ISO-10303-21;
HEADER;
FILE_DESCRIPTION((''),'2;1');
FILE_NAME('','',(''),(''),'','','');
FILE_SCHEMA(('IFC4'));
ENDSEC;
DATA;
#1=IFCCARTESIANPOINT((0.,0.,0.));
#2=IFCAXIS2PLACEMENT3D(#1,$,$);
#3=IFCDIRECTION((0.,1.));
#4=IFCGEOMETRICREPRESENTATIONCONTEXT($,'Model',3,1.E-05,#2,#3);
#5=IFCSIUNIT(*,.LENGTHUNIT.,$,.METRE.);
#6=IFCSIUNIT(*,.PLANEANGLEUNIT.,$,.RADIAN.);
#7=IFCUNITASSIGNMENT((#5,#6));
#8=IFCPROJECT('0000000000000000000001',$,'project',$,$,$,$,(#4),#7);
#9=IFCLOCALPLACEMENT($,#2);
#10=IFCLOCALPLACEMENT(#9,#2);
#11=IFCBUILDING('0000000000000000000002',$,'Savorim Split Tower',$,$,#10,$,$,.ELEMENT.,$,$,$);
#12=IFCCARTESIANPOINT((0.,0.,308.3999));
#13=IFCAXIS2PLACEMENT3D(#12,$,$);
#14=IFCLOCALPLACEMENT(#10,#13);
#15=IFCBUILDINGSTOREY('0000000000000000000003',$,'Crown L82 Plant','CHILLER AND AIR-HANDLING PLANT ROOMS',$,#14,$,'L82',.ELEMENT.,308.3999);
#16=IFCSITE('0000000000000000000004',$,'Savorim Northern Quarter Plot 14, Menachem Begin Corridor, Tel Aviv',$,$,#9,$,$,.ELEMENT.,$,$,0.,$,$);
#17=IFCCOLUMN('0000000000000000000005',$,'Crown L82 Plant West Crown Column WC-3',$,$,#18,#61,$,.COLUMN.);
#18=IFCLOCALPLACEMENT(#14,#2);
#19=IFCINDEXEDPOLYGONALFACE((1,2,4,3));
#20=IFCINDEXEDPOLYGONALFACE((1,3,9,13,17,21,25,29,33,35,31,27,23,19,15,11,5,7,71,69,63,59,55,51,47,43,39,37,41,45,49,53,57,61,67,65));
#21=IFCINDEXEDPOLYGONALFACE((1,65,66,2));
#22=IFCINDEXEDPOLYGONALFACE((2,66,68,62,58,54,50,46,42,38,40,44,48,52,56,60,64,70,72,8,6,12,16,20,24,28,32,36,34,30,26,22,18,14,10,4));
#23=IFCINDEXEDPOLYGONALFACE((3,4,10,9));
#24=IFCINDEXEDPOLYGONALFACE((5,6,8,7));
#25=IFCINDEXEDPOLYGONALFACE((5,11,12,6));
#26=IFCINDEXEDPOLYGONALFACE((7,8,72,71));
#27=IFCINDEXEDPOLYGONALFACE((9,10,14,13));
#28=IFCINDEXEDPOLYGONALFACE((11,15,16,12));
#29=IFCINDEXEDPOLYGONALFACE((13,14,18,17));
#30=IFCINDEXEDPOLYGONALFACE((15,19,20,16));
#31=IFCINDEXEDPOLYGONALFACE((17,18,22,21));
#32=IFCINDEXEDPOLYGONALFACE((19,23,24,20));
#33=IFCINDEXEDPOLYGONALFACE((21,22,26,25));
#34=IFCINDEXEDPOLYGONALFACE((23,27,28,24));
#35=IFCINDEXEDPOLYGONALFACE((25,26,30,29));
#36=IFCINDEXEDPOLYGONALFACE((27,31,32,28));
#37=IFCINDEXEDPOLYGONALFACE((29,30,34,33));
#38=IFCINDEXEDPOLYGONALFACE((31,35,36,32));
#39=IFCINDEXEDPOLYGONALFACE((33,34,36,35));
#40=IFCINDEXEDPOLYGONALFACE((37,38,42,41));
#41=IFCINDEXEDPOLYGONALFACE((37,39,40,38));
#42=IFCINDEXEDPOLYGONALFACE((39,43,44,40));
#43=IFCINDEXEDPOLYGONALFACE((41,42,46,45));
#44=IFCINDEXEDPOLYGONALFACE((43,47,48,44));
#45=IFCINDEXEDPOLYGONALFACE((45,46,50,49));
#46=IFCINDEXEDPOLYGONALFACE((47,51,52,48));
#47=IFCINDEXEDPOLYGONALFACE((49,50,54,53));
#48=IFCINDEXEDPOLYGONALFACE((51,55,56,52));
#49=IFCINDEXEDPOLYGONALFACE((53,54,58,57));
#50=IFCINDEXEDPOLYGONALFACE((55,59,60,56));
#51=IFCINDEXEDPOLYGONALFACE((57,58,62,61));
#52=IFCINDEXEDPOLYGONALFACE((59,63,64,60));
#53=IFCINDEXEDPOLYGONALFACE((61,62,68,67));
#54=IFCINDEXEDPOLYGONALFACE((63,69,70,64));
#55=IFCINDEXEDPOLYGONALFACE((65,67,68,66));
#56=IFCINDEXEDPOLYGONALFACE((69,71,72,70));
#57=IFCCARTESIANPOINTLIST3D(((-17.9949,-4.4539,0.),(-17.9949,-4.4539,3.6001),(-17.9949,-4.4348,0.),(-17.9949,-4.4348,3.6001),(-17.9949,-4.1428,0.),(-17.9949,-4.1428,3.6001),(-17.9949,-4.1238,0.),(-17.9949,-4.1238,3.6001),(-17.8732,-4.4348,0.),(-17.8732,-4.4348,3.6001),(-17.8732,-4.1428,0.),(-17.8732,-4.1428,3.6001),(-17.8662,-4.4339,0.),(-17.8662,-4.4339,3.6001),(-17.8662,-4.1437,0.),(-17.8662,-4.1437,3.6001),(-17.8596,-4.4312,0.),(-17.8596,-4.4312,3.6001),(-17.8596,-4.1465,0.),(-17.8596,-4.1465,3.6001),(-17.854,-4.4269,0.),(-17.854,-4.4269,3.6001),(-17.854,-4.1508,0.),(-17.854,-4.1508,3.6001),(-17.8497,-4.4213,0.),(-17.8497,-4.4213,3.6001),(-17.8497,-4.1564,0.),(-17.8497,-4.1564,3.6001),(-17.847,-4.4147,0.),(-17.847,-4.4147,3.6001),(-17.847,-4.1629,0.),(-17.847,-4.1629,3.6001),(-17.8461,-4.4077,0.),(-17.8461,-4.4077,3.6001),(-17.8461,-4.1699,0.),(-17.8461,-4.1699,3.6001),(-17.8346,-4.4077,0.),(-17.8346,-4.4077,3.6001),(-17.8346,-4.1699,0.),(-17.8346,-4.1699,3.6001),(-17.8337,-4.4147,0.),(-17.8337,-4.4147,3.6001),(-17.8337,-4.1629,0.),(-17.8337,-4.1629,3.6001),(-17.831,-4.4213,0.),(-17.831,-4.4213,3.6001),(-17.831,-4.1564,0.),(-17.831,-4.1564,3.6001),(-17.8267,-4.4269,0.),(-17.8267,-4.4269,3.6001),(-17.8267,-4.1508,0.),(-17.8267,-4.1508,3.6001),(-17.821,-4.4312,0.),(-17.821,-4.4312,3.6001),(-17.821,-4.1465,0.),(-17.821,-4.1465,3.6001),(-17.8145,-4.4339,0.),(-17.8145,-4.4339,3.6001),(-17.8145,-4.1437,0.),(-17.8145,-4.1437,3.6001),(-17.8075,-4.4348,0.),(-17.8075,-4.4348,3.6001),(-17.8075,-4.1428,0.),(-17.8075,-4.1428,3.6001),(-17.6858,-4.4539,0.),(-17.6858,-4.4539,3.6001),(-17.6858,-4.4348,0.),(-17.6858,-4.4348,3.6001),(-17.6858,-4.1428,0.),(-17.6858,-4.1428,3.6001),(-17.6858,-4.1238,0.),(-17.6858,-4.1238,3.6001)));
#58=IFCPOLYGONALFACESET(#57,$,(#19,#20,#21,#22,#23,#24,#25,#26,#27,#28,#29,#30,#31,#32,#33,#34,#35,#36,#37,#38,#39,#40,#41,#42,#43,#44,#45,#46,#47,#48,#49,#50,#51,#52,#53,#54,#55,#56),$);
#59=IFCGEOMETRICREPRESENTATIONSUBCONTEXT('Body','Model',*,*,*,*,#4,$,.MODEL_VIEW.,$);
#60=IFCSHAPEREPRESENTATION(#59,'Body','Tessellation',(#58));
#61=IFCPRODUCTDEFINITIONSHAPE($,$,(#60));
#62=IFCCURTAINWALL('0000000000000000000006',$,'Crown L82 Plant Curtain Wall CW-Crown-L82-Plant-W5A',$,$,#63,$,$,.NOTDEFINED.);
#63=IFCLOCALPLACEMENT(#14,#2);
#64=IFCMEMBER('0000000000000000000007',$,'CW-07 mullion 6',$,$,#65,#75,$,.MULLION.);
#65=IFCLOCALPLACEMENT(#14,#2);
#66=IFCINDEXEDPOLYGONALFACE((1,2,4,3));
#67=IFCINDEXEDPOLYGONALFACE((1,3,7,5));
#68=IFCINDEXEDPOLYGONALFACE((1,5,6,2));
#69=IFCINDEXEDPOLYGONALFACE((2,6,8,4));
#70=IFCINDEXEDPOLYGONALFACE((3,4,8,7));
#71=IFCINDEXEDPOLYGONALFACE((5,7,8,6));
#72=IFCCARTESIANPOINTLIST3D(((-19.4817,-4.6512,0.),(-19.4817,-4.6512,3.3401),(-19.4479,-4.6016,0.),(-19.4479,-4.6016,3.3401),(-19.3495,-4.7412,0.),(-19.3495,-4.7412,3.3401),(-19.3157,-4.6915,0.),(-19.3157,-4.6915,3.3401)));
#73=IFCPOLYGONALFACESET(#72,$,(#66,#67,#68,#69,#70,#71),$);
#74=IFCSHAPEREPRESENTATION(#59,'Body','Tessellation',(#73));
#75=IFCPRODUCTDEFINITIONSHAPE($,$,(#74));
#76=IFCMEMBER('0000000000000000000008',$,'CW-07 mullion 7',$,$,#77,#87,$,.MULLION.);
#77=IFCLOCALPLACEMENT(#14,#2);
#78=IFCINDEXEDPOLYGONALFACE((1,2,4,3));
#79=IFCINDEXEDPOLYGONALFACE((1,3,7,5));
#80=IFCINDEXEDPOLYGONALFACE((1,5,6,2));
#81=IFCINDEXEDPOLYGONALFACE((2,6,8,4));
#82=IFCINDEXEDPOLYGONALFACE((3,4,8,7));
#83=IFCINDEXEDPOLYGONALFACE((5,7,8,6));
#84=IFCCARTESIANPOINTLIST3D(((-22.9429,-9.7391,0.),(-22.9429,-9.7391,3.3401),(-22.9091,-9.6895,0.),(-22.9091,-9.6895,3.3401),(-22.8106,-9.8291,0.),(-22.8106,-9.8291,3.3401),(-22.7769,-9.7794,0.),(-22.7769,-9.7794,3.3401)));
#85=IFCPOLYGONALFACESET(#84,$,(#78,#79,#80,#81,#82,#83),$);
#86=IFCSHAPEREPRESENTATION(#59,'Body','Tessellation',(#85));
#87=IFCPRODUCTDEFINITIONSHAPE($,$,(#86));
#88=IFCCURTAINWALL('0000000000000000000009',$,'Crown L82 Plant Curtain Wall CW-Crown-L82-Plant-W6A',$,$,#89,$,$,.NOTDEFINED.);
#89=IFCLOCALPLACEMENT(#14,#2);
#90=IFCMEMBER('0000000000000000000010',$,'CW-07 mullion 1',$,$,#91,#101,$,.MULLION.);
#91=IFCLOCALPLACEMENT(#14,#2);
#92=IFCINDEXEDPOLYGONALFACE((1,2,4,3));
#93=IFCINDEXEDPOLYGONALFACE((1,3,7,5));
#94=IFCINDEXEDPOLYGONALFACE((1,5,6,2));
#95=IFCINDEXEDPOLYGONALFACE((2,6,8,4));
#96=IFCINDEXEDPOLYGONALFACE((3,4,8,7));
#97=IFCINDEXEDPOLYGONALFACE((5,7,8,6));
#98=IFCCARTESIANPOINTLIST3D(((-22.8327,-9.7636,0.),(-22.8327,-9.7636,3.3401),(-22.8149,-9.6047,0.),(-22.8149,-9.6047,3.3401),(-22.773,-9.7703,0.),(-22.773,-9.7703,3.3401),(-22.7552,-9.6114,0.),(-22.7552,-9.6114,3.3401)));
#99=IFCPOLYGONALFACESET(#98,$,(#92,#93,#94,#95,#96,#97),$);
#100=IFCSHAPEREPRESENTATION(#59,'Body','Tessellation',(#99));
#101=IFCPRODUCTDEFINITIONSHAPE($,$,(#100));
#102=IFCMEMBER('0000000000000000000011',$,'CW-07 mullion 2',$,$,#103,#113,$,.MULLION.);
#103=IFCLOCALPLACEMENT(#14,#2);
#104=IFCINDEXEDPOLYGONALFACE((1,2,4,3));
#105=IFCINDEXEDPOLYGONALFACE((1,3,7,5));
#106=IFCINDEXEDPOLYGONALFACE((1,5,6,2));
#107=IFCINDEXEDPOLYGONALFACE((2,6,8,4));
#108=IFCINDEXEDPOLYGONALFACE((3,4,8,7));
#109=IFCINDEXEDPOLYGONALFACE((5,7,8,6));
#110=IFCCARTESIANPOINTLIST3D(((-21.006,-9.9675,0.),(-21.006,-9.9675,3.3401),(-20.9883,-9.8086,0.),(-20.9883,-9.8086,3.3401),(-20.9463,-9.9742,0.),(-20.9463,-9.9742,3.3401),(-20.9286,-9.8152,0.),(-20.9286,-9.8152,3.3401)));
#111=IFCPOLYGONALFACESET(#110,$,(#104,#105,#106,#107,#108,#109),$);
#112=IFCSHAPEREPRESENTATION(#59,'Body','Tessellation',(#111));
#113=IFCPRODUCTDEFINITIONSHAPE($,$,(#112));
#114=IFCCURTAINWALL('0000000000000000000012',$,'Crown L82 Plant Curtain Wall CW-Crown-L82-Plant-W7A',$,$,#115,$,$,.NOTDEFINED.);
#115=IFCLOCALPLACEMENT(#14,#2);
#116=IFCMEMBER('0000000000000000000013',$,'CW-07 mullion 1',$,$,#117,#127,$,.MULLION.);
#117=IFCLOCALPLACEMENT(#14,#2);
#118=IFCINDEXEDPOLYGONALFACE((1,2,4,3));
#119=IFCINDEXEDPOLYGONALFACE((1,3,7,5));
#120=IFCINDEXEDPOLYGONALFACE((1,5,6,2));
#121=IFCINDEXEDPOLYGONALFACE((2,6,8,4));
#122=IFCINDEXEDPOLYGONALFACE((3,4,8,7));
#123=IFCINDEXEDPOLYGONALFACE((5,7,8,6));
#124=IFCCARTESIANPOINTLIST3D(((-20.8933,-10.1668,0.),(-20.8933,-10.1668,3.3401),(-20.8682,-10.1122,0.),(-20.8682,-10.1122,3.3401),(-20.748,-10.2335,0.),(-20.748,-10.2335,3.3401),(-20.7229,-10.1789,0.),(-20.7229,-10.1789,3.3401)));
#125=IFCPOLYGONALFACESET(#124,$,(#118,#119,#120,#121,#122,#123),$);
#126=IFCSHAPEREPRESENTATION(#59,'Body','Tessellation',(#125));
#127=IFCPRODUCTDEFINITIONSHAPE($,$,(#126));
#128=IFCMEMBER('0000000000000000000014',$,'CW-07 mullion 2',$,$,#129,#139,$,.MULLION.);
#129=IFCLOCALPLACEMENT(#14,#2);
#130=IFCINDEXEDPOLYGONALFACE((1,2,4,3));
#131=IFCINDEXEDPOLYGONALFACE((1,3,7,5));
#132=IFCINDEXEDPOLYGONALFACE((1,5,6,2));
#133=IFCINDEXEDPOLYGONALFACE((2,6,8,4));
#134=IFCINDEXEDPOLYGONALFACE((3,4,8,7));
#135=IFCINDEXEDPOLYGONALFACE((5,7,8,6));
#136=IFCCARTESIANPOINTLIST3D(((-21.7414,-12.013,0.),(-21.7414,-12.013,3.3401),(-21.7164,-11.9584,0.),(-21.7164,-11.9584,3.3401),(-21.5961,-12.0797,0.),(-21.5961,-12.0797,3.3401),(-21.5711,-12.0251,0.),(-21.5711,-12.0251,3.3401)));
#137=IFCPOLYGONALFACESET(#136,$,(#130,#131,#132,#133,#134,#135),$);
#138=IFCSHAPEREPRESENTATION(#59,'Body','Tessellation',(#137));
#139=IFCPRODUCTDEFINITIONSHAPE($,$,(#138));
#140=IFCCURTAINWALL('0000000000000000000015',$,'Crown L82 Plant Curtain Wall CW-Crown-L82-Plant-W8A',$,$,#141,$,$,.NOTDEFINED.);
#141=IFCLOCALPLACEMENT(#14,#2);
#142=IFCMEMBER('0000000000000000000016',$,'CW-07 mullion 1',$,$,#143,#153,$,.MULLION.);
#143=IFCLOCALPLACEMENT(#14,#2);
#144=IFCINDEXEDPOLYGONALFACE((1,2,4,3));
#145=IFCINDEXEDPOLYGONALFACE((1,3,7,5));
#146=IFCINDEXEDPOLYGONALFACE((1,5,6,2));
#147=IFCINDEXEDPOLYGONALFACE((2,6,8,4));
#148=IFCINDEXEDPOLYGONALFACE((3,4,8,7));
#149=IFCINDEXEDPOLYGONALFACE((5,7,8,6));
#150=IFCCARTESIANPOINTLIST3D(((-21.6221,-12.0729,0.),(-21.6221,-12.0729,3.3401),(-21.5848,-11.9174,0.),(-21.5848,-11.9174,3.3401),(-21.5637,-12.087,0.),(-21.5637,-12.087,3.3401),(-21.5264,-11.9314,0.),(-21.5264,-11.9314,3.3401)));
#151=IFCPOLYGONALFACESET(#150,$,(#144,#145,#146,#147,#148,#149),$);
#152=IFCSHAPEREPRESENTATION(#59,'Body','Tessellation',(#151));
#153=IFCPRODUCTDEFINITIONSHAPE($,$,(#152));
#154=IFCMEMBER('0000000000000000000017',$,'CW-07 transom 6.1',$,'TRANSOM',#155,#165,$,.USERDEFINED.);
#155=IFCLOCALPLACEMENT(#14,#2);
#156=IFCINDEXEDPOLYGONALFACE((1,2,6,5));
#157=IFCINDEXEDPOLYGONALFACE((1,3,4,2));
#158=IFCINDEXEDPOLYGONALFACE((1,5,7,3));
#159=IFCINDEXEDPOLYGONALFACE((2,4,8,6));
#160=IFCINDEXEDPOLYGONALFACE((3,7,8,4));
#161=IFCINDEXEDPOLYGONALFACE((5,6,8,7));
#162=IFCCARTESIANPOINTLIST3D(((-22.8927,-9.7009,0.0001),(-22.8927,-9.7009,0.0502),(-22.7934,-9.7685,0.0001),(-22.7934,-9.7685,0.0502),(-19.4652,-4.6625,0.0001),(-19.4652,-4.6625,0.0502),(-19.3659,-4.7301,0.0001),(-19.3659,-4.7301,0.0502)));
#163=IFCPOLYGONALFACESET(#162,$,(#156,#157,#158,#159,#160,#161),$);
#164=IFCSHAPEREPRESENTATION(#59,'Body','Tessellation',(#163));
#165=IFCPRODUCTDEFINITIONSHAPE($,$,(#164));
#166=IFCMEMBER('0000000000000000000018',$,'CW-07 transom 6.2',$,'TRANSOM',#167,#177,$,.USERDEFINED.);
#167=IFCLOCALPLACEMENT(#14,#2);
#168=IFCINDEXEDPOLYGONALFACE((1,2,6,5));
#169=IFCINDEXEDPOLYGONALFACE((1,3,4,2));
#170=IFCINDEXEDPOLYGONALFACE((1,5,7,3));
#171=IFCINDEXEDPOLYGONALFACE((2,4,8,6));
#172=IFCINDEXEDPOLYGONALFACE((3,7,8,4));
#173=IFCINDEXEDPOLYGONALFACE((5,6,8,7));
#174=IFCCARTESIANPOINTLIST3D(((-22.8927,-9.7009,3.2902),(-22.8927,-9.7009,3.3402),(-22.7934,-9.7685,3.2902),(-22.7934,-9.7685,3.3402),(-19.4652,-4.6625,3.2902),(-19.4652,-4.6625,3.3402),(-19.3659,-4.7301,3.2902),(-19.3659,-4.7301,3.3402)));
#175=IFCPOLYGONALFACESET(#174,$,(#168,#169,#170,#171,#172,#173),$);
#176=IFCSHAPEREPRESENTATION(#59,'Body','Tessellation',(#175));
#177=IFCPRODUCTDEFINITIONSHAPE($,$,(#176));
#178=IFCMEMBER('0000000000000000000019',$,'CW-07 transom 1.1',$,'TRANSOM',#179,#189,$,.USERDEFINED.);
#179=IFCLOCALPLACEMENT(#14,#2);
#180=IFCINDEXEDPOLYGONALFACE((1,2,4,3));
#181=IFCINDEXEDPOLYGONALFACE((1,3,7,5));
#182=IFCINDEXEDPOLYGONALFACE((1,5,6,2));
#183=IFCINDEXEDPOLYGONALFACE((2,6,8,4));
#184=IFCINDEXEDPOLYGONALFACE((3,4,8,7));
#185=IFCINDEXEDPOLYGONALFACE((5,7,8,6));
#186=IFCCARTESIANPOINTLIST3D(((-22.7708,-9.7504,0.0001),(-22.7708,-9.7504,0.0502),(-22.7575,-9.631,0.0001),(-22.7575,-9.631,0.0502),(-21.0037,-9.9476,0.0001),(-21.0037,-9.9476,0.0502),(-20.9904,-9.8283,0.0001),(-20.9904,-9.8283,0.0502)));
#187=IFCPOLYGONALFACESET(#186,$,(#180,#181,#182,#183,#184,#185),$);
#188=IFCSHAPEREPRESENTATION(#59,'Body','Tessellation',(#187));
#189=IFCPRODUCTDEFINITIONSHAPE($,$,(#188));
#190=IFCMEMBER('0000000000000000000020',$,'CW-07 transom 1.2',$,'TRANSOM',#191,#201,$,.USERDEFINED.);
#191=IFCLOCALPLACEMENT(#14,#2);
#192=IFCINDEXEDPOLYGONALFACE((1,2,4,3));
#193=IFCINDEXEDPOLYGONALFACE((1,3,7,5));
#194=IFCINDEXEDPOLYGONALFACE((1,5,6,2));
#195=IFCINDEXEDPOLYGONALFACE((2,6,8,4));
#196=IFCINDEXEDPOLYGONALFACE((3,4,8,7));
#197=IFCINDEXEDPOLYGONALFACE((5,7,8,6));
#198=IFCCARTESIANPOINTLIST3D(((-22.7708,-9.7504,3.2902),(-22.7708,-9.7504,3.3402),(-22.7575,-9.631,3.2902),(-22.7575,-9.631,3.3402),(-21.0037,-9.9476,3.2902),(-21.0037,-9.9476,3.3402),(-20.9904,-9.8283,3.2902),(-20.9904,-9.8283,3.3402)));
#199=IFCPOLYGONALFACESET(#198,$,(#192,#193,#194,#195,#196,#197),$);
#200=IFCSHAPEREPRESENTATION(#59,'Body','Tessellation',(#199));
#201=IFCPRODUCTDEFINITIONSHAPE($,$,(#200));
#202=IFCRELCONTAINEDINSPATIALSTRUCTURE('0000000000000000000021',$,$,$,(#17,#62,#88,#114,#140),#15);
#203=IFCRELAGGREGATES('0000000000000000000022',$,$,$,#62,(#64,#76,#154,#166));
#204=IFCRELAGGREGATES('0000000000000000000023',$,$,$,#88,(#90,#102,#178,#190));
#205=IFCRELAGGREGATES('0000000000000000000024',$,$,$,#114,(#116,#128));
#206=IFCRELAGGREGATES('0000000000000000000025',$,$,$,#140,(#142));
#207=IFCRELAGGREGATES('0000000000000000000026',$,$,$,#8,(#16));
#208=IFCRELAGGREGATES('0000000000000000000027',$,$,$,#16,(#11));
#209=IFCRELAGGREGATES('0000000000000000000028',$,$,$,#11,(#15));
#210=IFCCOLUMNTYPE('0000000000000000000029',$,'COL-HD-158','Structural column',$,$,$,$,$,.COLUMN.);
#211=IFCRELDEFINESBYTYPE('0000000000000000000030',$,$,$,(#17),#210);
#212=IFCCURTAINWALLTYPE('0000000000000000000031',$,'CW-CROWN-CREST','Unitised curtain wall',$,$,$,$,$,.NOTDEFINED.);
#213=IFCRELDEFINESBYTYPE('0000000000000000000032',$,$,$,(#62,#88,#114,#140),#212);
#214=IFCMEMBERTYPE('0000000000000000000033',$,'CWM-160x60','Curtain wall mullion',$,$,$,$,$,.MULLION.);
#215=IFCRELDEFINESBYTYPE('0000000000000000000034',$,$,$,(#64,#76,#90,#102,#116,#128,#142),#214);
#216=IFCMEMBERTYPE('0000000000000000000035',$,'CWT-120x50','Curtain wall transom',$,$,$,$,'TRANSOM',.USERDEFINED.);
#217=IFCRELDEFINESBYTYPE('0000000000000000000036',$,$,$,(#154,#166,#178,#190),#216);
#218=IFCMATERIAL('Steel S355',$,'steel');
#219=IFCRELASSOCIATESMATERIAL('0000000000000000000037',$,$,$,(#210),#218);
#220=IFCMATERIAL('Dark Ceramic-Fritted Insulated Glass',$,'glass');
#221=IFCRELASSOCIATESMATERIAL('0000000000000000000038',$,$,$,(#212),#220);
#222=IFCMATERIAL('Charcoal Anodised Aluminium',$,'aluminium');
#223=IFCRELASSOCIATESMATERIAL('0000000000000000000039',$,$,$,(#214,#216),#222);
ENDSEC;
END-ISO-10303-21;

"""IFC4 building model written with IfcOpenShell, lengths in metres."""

from ifc_helpers import new_model, si_unit, direction, frame, origin, origin_2d, place, context, subcontext, project, spatial, rectangle, i_section, extrude, material, material_profile, profile_set, type_object, element, aggregate, save


model = new_model("IFC4")

# Units and contexts
model_context = context("Model", 3, precision=1e-05, world=origin(), true_north=direction((0.0, 1.0)))
body_context = subcontext(model_context, "Body", "Model", "MODEL_VIEW")
ifc_project = project(units=[si_unit("LENGTHUNIT", "METRE"), si_unit("PLANEANGLEUNIT", "RADIAN")], contexts=[model_context])

# Site, building, storey
site_placement = place(None, origin())
site = spatial("IfcSite", under=ifc_project, at=site_placement, Name="Savorim Northern Quarter Plot 14, Menachem Begin Corridor, Tel Aviv", CompositionType="ELEMENT", RefElevation=0.0)
building_placement = place(site_placement, origin())
building = spatial("IfcBuilding", under=site, at=building_placement, Name="Savorim Split Tower", CompositionType="ELEMENT")
storey_placement = place(building_placement, frame((0.0, 0.0, 308.3999)))
storey = spatial("IfcBuildingStorey", under=building, at=storey_placement, Name="Crown L82 Plant", Description="CHILLER AND AIR-HANDLING PLANT ROOMS", LongName="L82", CompositionType="ELEMENT", Elevation=308.3999)

# Column
ifc_material_1 = material(Name="Steel S355", Category="steel")
ifc_material_profile_1 = material_profile(ifc_material_1, i_section(OverallWidth=0.3091, OverallDepth=0.3301, WebThickness=0.0115, FlangeThickness=0.019, FilletRadius=0.0271, at=origin_2d()), Name="HD 320x158")
ifc_profile_set_1 = profile_set([ifc_material_profile_1], Name="Steel S355")
column_type = type_object("IfcColumnType", Name="COL-HD-158", Description="Structural column", PredefinedType="COLUMN", material=ifc_profile_set_1)
column_placement = place(storey_placement, frame((-17.8403, -4.2888, 0.0), z_axis=(0.0, 0.0, 1.0), x_axis=(1.0, 0.0, 0.0)))
element("IfcColumn", 1, at=column_placement, inside=storey, type_object=column_type, Name="Crown L82 Plant West Crown Column WC-3", PredefinedType="COLUMN", context=body_context, shape_type="SweptSolid", body=[
    extrude(i_section(OverallWidth=0.3091, OverallDepth=0.3301, WebThickness=0.0115, FlangeThickness=0.019, FilletRadius=0.0271, at=origin_2d()), origin(), (0.0, 0.0, 1.0), 3.6001),
])

# Curtain walls, members
ifc_material_2 = material(Name="Dark Ceramic-Fritted Insulated Glass", Category="glass")
curtain_wall_type = type_object("IfcCurtainWallType", Name="CW-CROWN-CREST", Description="Unitised curtain wall", PredefinedType="NOTDEFINED", material=ifc_material_2)
curtain_wall_1_placement = place(storey_placement, origin())
curtain_wall_1 = element("IfcCurtainWall", 2, at=curtain_wall_1_placement, inside=storey, type_object=curtain_wall_type, Name="Crown L82 Plant Curtain Wall CW-Crown-L82-Plant-W5A", PredefinedType="NOTDEFINED")
ifc_material_3 = material(Name="Charcoal Anodised Aluminium", Category="aluminium")
ifc_material_profile_2 = material_profile(ifc_material_3, rectangle(XDim=0.1599, YDim=0.0601, at=origin_2d()), Name="ALU-M 160x60")
ifc_profile_set_2 = profile_set([ifc_material_profile_2], Name="Charcoal Anodised Aluminium")
member_type_1 = type_object("IfcMemberType", Name="CWM-160x60", Description="Curtain wall mullion", PredefinedType="MULLION", material=ifc_profile_set_2)
member_1_placement = place(storey_placement, frame((-19.3987, -4.6714, 0.0), z_axis=(0.0, 0.0, 1.0), x_axis=(0.82682, -0.562466, 0.0)))
member_1 = element("IfcMember", 3, at=member_1_placement, type_object=member_type_1, Name="CW-07 mullion 6", PredefinedType="MULLION", context=body_context, shape_type="SweptSolid", body=[
    extrude(rectangle(XDim=0.1599, YDim=0.0601, at=origin_2d()), origin(), (0.0, 0.0, 1.0), 3.3401),
])
member_2_placement = place(storey_placement, frame((-22.8599, -9.7593, 0.0), z_axis=(0.0, 0.0, 1.0), x_axis=(0.82682, -0.562466, 0.0)))
member_2 = element("IfcMember", 4, at=member_2_placement, type_object=member_type_1, Name="CW-07 mullion 7", PredefinedType="MULLION", context=body_context, shape_type="SweptSolid", body=[
    extrude(rectangle(XDim=0.1599, YDim=0.0601, at=origin_2d()), origin(), (0.0, 0.0, 1.0), 3.3401),
])
curtain_wall_2_placement = place(storey_placement, origin())
curtain_wall_2 = element("IfcCurtainWall", 5, at=curtain_wall_2_placement, inside=storey, type_object=curtain_wall_type, Name="Crown L82 Plant Curtain Wall CW-Crown-L82-Plant-W6A", PredefinedType="NOTDEFINED")
member_3_placement = place(storey_placement, frame((-22.7939, -9.6875, 0.0), z_axis=(0.0, 0.0, 1.0), x_axis=(0.110958, 0.993825, 0.0)))
member_3 = element("IfcMember", 6, at=member_3_placement, type_object=member_type_1, Name="CW-07 mullion 1", PredefinedType="MULLION", context=body_context, shape_type="SweptSolid", body=[
    extrude(rectangle(XDim=0.1599, YDim=0.0601, at=origin_2d()), origin(), (0.0, 0.0, 1.0), 3.3401),
])
member_4_placement = place(storey_placement, frame((-20.9673, -9.8914, 0.0), z_axis=(0.0, 0.0, 1.0), x_axis=(0.110958, 0.993825, 0.0)))
member_4 = element("IfcMember", 7, at=member_4_placement, type_object=member_type_1, Name="CW-07 mullion 2", PredefinedType="MULLION", context=body_context, shape_type="SweptSolid", body=[
    extrude(rectangle(XDim=0.1599, YDim=0.0601, at=origin_2d()), origin(), (0.0, 0.0, 1.0), 3.3401),
])
curtain_wall_3_placement = place(storey_placement, origin())
curtain_wall_3 = element("IfcCurtainWall", 8, at=curtain_wall_3_placement, inside=storey, type_object=curtain_wall_type, Name="Crown L82 Plant Curtain Wall CW-Crown-L82-Plant-W7A", PredefinedType="NOTDEFINED")
member_5_placement = place(storey_placement, frame((-20.8081, -10.1729, 0.0), z_axis=(0.0, 0.0, 1.0), x_axis=(0.908686, -0.417481, 0.0)))
member_5 = element("IfcMember", 9, at=member_5_placement, type_object=member_type_1, Name="CW-07 mullion 1", PredefinedType="MULLION", context=body_context, shape_type="SweptSolid", body=[
    extrude(rectangle(XDim=0.1599, YDim=0.0601, at=origin_2d()), origin(), (0.0, 0.0, 1.0), 3.3401),
])
member_6_placement = place(storey_placement, frame((-21.6562, -12.019, 0.0), z_axis=(0.0, 0.0, 1.0), x_axis=(0.908686, -0.417481, 0.0)))
member_6 = element("IfcMember", 10, at=member_6_placement, type_object=member_type_1, Name="CW-07 mullion 2", PredefinedType="MULLION", context=body_context, shape_type="SweptSolid", body=[
    extrude(rectangle(XDim=0.1599, YDim=0.0601, at=origin_2d()), origin(), (0.0, 0.0, 1.0), 3.3401),
])

# Curtain wall, member
curtain_wall_4_placement = place(storey_placement, origin())
curtain_wall_4 = element("IfcCurtainWall", 11, at=curtain_wall_4_placement, inside=storey, type_object=curtain_wall_type, Name="Crown L82 Plant Curtain Wall CW-Crown-L82-Plant-W8A", PredefinedType="NOTDEFINED")
member_7_placement = place(storey_placement, frame((-21.5742, -12.0022, 0.0), z_axis=(0.0, 0.0, 1.0), x_axis=(0.233166, 0.972437, 0.0)))
member_7 = element("IfcMember", 12, at=member_7_placement, type_object=member_type_1, Name="CW-07 mullion 1", PredefinedType="MULLION", context=body_context, shape_type="SweptSolid", body=[
    extrude(rectangle(XDim=0.1599, YDim=0.0601, at=origin_2d()), origin(), (0.0, 0.0, 1.0), 3.3401),
])

# Members
ifc_material_profile_3 = material_profile(ifc_material_3, rectangle(XDim=0.1201, YDim=0.05, at=origin_2d()), Name="ALU-T 120x50")
ifc_profile_set_3 = profile_set([ifc_material_profile_3], Name="Charcoal Anodised Aluminium")
member_type_2 = type_object("IfcMemberType", Name="CWT-120x50", Description="Curtain wall transom", ElementType="TRANSOM", PredefinedType="USERDEFINED", material=ifc_profile_set_3)
member_8_placement = place(storey_placement, frame((-19.4155, -4.6963, 0.0251), z_axis=(-0.56247, -0.826818, 0.0), x_axis=(0.826818, -0.56247, 0.0)))
member_8 = element("IfcMember", 13, at=member_8_placement, type_object=member_type_2, Name="CW-07 transom 6.1", ObjectType="TRANSOM", PredefinedType="USERDEFINED", context=body_context, shape_type="SweptSolid", body=[
    extrude(rectangle(XDim=0.1201, YDim=0.05, at=origin_2d()), origin(), (0.0, 0.0, 1.0), 6.0938),
])
member_9_placement = place(storey_placement, frame((-19.4155, -4.6963, 3.3152), z_axis=(-0.56247, -0.826818, 0.0), x_axis=(0.826818, -0.56247, 0.0)))
member_9 = element("IfcMember", 14, at=member_9_placement, type_object=member_type_2, Name="CW-07 transom 6.2", ObjectType="TRANSOM", PredefinedType="USERDEFINED", context=body_context, shape_type="SweptSolid", body=[
    extrude(rectangle(XDim=0.1201, YDim=0.05, at=origin_2d()), origin(), (0.0, 0.0, 1.0), 6.0938),
])
member_10_placement = place(storey_placement, frame((-22.7642, -9.6907, 0.0251), z_axis=(0.993827, -0.110944, 0.0), x_axis=(0.110944, 0.993827, 0.0)))
member_10 = element("IfcMember", 15, at=member_10_placement, type_object=member_type_2, Name="CW-07 transom 1.1", ObjectType="TRANSOM", PredefinedType="USERDEFINED", context=body_context, shape_type="SweptSolid", body=[
    extrude(rectangle(XDim=0.1201, YDim=0.05, at=origin_2d()), origin(), (0.0, 0.0, 1.0), 1.7781),
])
member_11_placement = place(storey_placement, frame((-22.7642, -9.6907, 3.3152), z_axis=(0.993827, -0.110944, 0.0), x_axis=(0.110944, 0.993827, 0.0)))
member_11 = element("IfcMember", 16, at=member_11_placement, type_object=member_type_2, Name="CW-07 transom 1.2", ObjectType="TRANSOM", PredefinedType="USERDEFINED", context=body_context, shape_type="SweptSolid", body=[
    extrude(rectangle(XDim=0.1201, YDim=0.05, at=origin_2d()), origin(), (0.0, 0.0, 1.0), 1.7781),
])

aggregate(curtain_wall_1, [member_1, member_2, member_8, member_9])
aggregate(curtain_wall_2, [member_3, member_4, member_10, member_11])
aggregate(curtain_wall_3, [member_5, member_6])
aggregate(curtain_wall_4, [member_7])

save(model, "model.ifc")
